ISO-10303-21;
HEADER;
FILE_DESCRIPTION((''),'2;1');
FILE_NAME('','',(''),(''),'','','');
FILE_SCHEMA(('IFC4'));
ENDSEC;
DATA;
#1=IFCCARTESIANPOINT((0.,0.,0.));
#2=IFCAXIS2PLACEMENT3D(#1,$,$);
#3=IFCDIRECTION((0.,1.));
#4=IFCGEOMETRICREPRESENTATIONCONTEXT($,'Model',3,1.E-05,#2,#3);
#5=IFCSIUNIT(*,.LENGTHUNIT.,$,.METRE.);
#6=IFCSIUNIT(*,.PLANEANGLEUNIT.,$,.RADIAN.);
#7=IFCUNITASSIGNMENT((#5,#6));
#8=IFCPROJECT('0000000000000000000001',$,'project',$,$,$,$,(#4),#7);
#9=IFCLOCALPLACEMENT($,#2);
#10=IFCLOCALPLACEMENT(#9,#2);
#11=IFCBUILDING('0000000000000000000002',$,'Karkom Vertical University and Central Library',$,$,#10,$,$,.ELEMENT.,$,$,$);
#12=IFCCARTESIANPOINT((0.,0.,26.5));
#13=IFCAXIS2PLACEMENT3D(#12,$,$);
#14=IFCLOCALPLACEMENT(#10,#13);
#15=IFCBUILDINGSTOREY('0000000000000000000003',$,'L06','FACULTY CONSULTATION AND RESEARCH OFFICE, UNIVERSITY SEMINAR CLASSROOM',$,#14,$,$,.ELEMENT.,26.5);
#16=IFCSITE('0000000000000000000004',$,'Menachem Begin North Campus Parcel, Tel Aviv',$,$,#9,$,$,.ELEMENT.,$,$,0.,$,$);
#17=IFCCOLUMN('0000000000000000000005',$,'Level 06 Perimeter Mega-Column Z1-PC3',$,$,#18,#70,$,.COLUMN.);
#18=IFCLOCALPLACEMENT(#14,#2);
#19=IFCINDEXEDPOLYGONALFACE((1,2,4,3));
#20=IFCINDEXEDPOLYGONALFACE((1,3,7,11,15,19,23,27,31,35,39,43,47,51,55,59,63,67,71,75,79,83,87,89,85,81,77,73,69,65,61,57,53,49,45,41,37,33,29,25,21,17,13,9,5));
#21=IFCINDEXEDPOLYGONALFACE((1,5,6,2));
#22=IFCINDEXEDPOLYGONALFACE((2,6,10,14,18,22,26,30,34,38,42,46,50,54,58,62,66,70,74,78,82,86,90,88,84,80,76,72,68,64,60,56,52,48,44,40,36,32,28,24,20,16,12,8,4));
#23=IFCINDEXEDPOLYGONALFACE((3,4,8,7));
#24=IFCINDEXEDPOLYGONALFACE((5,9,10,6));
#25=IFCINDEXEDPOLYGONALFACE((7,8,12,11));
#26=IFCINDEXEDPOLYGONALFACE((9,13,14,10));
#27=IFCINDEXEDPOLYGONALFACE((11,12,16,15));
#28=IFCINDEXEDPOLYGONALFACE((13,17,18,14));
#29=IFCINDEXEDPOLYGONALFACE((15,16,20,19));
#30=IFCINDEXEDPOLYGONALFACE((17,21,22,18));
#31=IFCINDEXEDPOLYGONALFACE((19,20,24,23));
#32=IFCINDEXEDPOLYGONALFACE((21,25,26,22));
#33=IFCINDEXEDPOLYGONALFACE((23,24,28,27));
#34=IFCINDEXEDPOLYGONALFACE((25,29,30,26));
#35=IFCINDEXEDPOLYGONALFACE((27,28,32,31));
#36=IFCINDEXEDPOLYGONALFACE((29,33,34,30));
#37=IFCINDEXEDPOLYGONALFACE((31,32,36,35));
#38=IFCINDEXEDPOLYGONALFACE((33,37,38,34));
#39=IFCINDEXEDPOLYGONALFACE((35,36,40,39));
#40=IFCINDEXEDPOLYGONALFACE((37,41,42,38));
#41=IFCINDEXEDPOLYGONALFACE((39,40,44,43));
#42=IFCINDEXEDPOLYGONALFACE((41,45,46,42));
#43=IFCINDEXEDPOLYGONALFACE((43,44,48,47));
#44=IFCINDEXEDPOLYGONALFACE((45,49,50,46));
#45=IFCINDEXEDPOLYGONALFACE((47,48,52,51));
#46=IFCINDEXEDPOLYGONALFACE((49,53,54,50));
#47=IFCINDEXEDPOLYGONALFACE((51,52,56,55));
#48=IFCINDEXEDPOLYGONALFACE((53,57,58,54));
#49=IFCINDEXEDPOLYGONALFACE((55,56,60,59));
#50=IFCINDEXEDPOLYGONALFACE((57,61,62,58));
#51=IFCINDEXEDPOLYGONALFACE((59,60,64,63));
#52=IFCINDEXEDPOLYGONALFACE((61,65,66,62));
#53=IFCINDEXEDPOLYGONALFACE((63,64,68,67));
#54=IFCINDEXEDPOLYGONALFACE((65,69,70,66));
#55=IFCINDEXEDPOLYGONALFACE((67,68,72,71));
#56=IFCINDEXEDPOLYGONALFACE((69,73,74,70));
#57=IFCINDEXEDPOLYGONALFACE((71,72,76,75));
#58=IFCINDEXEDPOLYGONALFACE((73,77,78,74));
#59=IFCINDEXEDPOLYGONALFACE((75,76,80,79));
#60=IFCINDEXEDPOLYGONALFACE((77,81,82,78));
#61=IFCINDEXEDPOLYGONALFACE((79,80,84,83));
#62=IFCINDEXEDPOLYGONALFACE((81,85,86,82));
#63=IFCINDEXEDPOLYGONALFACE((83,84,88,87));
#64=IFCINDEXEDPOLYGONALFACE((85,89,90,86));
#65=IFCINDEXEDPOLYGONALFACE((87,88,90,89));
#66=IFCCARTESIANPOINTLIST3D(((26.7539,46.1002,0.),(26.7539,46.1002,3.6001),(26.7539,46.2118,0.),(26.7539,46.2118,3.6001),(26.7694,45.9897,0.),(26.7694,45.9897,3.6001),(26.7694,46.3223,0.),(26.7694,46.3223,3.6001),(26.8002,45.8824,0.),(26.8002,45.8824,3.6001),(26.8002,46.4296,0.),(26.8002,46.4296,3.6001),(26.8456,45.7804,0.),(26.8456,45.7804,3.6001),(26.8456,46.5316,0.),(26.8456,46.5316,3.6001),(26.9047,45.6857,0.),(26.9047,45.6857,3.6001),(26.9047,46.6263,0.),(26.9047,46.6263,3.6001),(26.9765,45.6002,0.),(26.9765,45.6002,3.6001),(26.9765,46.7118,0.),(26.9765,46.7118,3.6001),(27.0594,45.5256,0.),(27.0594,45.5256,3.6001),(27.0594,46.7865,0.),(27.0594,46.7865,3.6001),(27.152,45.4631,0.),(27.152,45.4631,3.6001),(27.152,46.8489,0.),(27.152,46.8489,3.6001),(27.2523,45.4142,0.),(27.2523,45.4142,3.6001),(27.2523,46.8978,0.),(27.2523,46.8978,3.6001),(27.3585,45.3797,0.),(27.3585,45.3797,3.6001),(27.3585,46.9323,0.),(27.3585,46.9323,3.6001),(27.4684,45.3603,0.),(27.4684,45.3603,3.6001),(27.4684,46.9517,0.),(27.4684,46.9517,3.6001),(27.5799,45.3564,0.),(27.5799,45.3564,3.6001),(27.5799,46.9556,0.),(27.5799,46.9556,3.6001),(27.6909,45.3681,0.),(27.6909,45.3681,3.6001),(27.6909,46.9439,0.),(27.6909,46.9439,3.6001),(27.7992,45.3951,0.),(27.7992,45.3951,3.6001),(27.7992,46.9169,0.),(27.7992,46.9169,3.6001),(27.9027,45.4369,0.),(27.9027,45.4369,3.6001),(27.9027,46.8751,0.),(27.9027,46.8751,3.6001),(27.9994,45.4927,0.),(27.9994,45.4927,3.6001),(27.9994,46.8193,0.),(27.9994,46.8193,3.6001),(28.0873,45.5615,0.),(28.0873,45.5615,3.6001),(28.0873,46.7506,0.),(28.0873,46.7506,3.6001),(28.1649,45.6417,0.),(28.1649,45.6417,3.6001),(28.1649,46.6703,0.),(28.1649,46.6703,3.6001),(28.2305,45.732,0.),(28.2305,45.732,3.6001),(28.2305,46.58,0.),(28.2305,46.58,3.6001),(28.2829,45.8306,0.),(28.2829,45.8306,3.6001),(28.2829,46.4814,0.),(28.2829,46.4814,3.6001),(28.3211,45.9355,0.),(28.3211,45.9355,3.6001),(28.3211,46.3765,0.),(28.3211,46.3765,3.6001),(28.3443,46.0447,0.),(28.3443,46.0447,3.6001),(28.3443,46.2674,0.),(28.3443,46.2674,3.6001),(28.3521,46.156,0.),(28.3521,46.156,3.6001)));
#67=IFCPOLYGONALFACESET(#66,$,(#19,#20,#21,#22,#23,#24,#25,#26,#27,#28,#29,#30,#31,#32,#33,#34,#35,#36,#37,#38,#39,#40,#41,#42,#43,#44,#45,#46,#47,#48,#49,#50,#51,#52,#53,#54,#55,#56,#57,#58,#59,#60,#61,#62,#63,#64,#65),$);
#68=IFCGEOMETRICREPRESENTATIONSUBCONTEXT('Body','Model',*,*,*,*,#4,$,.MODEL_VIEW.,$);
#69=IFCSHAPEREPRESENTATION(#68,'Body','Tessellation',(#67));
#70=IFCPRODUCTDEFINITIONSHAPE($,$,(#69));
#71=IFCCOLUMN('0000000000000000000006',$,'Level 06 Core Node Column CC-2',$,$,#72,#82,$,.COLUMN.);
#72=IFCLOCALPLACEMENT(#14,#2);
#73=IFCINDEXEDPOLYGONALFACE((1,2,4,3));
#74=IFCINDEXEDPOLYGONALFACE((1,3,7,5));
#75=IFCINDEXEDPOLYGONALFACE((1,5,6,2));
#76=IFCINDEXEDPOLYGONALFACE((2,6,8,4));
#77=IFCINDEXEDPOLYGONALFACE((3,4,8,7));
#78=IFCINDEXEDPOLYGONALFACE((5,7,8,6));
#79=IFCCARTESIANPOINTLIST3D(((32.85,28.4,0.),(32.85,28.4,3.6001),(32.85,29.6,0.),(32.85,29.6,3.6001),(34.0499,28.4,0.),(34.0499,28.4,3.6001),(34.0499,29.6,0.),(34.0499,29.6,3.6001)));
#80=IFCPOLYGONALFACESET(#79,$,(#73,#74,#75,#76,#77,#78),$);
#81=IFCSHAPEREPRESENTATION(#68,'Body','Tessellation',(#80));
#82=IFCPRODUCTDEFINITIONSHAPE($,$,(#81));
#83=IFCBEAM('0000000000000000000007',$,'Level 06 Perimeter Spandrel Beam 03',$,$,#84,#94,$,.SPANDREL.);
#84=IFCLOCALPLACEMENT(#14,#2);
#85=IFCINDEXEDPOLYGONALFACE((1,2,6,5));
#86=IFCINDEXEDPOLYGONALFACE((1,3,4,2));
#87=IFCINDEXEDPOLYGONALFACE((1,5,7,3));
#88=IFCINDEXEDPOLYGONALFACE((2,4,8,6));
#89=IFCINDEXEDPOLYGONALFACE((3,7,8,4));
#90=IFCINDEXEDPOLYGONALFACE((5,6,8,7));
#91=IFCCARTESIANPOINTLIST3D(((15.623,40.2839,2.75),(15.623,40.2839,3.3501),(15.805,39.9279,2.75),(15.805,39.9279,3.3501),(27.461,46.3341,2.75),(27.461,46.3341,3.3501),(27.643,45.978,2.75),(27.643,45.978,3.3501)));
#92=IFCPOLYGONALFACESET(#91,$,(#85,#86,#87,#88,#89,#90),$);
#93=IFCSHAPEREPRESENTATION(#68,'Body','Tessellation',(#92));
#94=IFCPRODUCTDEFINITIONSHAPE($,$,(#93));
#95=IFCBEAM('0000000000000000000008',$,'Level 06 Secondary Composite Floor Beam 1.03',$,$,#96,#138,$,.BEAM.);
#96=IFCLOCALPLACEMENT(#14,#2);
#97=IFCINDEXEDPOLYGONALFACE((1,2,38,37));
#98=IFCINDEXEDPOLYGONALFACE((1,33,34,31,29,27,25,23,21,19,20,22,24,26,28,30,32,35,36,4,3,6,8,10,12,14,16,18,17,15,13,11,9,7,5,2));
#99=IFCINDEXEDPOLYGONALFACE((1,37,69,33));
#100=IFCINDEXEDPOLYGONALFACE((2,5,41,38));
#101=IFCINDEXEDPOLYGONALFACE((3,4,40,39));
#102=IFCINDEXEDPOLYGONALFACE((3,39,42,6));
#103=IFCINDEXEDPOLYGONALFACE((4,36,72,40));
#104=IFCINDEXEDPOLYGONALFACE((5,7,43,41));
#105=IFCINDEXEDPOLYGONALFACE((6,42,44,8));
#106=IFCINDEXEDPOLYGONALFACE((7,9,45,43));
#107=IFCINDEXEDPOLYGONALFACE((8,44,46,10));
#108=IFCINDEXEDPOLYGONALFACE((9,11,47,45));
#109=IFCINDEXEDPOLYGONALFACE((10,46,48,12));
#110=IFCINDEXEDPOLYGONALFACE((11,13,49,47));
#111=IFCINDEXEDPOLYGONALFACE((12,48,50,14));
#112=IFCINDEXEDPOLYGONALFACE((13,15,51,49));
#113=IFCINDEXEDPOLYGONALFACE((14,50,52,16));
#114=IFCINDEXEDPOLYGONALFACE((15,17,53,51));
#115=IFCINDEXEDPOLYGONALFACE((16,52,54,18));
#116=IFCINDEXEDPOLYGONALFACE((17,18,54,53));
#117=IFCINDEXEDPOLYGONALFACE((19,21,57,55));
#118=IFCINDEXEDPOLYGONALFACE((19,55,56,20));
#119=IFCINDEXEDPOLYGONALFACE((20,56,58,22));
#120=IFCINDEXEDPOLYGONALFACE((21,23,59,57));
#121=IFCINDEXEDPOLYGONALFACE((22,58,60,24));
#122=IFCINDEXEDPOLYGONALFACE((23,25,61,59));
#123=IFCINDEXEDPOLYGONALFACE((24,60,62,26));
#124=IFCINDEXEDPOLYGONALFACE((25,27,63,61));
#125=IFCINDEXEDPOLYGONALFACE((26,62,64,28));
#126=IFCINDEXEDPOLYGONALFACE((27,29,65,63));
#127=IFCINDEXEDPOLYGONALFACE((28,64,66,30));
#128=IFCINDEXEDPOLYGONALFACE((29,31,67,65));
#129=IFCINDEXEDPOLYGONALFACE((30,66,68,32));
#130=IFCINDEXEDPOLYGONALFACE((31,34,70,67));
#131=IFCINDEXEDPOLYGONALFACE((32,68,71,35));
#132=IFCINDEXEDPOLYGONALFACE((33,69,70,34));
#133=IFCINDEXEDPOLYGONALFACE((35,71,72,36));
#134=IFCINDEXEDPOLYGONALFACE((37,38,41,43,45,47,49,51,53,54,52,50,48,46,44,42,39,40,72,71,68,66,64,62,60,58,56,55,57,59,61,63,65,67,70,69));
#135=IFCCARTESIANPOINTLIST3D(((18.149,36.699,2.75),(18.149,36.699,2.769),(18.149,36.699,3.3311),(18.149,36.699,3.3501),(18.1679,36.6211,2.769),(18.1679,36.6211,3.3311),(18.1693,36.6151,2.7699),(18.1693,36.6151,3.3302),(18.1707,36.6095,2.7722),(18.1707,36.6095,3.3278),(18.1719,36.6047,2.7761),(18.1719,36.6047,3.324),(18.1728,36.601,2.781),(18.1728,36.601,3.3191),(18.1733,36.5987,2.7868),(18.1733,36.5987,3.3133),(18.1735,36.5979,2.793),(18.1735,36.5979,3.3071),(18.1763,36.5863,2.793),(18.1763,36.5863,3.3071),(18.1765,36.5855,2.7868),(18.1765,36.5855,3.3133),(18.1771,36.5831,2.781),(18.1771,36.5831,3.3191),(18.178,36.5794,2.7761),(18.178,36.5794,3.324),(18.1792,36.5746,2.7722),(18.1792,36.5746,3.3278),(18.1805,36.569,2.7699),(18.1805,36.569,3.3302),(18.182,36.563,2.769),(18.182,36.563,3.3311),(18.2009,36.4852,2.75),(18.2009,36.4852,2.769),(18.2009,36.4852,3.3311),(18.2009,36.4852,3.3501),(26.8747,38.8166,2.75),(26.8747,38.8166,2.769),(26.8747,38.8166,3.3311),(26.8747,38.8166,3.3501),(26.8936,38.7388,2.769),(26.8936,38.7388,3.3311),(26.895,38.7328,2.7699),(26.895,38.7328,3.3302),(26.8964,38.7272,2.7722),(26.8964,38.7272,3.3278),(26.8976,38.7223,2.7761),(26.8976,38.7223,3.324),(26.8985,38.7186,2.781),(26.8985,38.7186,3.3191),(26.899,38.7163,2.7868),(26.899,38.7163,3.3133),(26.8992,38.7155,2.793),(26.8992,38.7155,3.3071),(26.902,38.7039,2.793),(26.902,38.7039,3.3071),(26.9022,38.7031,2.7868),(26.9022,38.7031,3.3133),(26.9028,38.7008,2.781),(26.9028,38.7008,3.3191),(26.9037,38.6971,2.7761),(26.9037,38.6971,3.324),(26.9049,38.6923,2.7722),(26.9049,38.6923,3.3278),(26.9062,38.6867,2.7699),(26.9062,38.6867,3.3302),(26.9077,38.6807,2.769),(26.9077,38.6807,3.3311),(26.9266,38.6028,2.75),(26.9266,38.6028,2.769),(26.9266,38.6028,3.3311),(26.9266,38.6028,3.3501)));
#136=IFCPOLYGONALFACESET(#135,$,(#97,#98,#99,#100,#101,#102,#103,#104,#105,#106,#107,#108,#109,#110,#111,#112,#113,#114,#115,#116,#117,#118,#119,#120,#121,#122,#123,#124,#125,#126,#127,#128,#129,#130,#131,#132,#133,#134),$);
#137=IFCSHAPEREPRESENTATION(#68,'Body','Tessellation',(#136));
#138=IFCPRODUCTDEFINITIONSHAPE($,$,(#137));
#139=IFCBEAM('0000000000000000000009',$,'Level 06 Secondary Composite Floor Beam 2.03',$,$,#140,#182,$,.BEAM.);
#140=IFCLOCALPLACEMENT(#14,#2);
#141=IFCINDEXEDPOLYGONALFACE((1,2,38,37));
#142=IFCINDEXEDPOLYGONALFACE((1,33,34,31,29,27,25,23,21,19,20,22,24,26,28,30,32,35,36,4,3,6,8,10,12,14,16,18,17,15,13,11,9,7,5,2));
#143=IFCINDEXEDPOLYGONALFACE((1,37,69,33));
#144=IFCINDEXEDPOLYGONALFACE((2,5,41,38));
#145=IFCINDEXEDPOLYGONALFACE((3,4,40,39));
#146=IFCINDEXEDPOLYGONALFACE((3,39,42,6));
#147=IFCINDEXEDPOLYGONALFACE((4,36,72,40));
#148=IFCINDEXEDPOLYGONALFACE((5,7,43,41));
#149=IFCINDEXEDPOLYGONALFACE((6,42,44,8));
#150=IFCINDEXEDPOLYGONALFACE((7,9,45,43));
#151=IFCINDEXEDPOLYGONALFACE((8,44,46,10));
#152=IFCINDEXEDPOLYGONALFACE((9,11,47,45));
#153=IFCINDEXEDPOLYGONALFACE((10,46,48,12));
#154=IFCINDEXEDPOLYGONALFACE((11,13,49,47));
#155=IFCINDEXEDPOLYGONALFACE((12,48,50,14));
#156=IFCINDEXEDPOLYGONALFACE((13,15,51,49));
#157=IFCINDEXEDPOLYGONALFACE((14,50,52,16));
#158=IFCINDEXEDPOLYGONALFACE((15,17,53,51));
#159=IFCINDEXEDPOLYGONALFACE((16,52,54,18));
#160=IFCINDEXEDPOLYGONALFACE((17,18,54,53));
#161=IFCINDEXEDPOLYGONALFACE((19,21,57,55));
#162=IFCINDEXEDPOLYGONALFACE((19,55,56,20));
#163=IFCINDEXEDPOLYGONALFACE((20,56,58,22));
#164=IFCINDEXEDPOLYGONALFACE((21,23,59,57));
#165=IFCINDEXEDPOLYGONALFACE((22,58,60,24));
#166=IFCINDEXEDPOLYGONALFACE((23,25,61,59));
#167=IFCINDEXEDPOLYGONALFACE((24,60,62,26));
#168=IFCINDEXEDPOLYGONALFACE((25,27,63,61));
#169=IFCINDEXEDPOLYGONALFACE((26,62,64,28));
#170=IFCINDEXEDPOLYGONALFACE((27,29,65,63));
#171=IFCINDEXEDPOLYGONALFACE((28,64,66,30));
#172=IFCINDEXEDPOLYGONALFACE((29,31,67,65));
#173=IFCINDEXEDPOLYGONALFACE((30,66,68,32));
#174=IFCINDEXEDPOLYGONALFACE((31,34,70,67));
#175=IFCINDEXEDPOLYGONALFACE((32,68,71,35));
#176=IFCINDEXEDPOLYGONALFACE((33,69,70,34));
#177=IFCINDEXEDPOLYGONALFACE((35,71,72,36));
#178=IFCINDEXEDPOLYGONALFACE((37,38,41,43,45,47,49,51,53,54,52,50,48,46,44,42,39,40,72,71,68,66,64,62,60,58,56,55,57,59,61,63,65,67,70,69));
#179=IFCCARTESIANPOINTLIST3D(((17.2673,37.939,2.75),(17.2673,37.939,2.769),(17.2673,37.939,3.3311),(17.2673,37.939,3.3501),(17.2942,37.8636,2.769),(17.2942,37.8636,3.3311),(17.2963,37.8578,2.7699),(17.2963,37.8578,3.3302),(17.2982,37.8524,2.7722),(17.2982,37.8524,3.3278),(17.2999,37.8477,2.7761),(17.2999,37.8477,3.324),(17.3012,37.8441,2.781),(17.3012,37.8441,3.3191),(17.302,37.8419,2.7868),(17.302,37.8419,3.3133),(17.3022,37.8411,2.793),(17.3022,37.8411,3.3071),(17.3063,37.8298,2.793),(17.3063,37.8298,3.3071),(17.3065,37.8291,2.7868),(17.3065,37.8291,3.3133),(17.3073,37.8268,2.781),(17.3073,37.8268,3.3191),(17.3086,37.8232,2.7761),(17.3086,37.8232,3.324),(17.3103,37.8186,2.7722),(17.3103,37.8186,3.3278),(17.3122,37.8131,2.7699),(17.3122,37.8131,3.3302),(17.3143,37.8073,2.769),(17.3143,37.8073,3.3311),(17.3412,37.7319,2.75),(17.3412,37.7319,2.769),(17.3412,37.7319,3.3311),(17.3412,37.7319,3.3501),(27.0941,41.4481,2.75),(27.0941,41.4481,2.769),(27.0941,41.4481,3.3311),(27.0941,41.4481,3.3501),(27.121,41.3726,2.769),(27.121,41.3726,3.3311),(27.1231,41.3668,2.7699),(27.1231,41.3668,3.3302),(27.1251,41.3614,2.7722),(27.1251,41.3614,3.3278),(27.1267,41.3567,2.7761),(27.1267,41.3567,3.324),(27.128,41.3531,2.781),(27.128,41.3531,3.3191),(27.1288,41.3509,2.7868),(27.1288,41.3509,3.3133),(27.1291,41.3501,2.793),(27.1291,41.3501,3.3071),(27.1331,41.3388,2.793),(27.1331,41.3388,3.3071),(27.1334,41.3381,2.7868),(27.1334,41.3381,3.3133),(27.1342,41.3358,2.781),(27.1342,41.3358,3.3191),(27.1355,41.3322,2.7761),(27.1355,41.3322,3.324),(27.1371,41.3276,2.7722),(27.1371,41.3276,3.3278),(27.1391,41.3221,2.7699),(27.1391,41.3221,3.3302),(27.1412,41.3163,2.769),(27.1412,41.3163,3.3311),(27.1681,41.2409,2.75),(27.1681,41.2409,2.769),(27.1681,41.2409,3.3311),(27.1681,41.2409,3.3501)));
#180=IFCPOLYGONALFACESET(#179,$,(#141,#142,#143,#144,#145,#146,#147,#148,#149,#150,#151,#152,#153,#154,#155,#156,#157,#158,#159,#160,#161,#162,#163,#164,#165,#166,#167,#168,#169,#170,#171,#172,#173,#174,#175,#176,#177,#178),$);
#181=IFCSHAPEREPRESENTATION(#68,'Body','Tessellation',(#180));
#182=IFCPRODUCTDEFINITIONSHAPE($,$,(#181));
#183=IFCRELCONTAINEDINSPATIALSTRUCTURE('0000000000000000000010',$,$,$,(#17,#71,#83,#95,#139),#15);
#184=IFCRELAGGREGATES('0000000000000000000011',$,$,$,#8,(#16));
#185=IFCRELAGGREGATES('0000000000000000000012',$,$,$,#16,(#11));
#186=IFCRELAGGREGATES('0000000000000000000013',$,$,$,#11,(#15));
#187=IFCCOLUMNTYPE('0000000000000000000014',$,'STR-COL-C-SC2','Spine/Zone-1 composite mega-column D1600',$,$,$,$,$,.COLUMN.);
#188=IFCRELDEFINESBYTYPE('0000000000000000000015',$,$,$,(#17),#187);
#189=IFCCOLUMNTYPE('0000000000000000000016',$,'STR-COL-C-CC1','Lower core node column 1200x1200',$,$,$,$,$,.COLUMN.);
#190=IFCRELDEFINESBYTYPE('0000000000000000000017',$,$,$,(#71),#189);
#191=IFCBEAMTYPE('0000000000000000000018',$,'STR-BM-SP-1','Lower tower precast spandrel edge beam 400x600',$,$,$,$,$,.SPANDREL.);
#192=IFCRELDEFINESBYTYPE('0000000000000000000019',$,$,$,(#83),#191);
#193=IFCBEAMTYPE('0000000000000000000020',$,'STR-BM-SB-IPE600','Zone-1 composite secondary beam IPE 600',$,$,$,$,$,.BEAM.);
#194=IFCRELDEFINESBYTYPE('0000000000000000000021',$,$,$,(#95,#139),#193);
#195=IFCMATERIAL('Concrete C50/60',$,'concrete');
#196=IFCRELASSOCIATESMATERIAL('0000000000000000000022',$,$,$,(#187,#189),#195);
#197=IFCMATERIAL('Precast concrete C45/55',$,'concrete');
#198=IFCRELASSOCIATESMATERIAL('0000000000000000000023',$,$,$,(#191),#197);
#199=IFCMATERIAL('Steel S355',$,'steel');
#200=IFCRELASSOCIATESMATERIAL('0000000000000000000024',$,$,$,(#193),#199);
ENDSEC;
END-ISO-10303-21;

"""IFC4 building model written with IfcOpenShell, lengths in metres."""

from ifc_helpers import new_model, si_unit, direction, frame, origin, origin_with_axes, origin_2d, place, context, subcontext, project, spatial, rectangle, circle, i_section, extrude, source, transform, mapped, material, material_profile, profile_set, type_object, element, save


model = new_model("IFC4")

# Units and contexts
model_context = context("Model", 3, precision=1e-05, world=origin(), true_north=direction((0.0, 1.0)))
body_context = subcontext(model_context, "Body", "Model", "MODEL_VIEW")
ifc_project = project(units=[si_unit("LENGTHUNIT", "METRE"), si_unit("PLANEANGLEUNIT", "RADIAN")], contexts=[model_context])

# Site, building, storey
site_placement = place(None, origin())
site = spatial("IfcSite", under=ifc_project, at=site_placement, Name="Menachem Begin North Campus Parcel, Tel Aviv", CompositionType="ELEMENT", RefElevation=0.0)
building_placement = place(site_placement, origin())
building = spatial("IfcBuilding", under=site, at=building_placement, Name="Karkom Vertical University and Central Library", CompositionType="ELEMENT")
storey_placement = place(building_placement, frame((0.0, 0.0, 26.5)))
storey = spatial("IfcBuildingStorey", under=building, at=storey_placement, Name="L06", Description="FACULTY CONSULTATION AND RESEARCH OFFICE, UNIVERSITY SEMINAR CLASSROOM", CompositionType="ELEMENT", Elevation=26.5)

# Columns
ifc_material_1 = material(Name="Concrete C50/60", Category="concrete")
ifc_material_profile_1 = material_profile(ifc_material_1, circle(Radius=0.8, at=origin_2d()), Name="CFT-D1600")
ifc_profile_set_1 = profile_set([ifc_material_profile_1], Name="Concrete C50/60")
column_type_1 = type_object("IfcColumnType", Name="STR-COL-C-SC2", Description="Spine/Zone-1 composite mega-column D1600", PredefinedType="COLUMN", material=ifc_profile_set_1)
shared_shape_1 = source(origin_with_axes(), body_context, "Body", "SweptSolid", [
    extrude(circle(Radius=0.8, at=origin_2d()), origin(), (0.0, 0.0, 1.0), 3.6001),
])
column_1_placement = place(storey_placement, frame((27.552, 46.156, 0.0), z_axis=(0.0, 0.0, 1.0), x_axis=(1.0, 0.0, 0.0)))
element("IfcColumn", 1, at=column_1_placement, inside=storey, type_object=column_type_1, Name="Level 06 Perimeter Mega-Column Z1-PC3", PredefinedType="COLUMN", context=body_context, shape_type="MappedRepresentation", body=[
    mapped(shared_shape_1, transform((0.0, 0.0, 0.0), scale=1.0)),
])
ifc_material_profile_2 = material_profile(ifc_material_1, rectangle(XDim=1.2, YDim=1.2, at=origin_2d()), Name="RC-1200x1200")
ifc_profile_set_2 = profile_set([ifc_material_profile_2], Name="Concrete C50/60")
column_type_2 = type_object("IfcColumnType", Name="STR-COL-C-CC1", Description="Lower core node column 1200x1200", PredefinedType="COLUMN", material=ifc_profile_set_2)
shared_shape_2 = source(origin_with_axes(), body_context, "Body", "SweptSolid", [
    extrude(rectangle(XDim=1.2, YDim=1.2, at=origin_2d()), origin(), (0.0, 0.0, 1.0), 3.6001),
])
column_2_placement = place(storey_placement, frame((33.45, 29.0, 0.0), z_axis=(0.0, 0.0, 1.0), x_axis=(1.0, 0.0, 0.0)))
element("IfcColumn", 2, at=column_2_placement, inside=storey, type_object=column_type_2, Name="Level 06 Core Node Column CC-2", PredefinedType="COLUMN", context=body_context, shape_type="MappedRepresentation", body=[
    mapped(shared_shape_2, transform((0.0, 0.0, 0.0), scale=1.0)),
])

# Beams
ifc_material_2 = material(Name="Precast concrete C45/55", Category="concrete")
ifc_material_profile_3 = material_profile(ifc_material_2, rectangle(XDim=0.3999, YDim=0.6001, at=origin_2d()), Name="SPB-400x600")
ifc_profile_set_3 = profile_set([ifc_material_profile_3], Name="Precast concrete C45/55")
beam_type_1 = type_object("IfcBeamType", Name="STR-BM-SP-1", Description="Lower tower precast spandrel edge beam 400x600", PredefinedType="SPANDREL", material=ifc_profile_set_3)
shared_shape_3 = source(origin_with_axes(), body_context, "Body", "SweptSolid", [
    extrude(rectangle(XDim=0.3999, YDim=0.6001, at=origin_2d()), origin(), (0.0, 0.0, 1.0), 13.2944),
])
beam_1_placement = place(storey_placement, frame((27.552, 46.156, 3.05), z_axis=(-0.890448, -0.455085, 0.0), x_axis=(0.455085, -0.890448, 0.0)))
element("IfcBeam", 3, at=beam_1_placement, inside=storey, type_object=beam_type_1, Name="Level 06 Perimeter Spandrel Beam 03", PredefinedType="SPANDREL", context=body_context, shape_type="MappedRepresentation", body=[
    mapped(shared_shape_3, transform((0.0, 0.0, 0.0), scale=1.0)),
])
ifc_material_3 = material(Name="Steel S355", Category="steel")
ifc_material_profile_4 = material_profile(ifc_material_3, i_section(OverallWidth=0.22, OverallDepth=0.6001, WebThickness=0.012, FlangeThickness=0.019, FilletRadius=0.0239, at=origin_2d()), Name="IPE 600")
ifc_profile_set_4 = profile_set([ifc_material_profile_4], Name="Steel S355")
beam_type_2 = type_object("IfcBeamType", Name="STR-BM-SB-IPE600", Description="Zone-1 composite secondary beam IPE 600", PredefinedType="BEAM", material=ifc_profile_set_4)
shared_shape_4 = source(origin_with_axes(), body_context, "Body", "SweptSolid", [
    extrude(i_section(OverallWidth=0.22, OverallDepth=0.6001, WebThickness=0.012, FlangeThickness=0.019, FilletRadius=0.0239, at=origin_2d()), origin(), (0.0, 0.0, 1.0), 8.979),
])
beam_2_placement = place(storey_placement, frame((26.9006, 38.7097, 3.05), z_axis=(-0.971791, -0.235844, 0.0), x_axis=(0.235844, -0.971791, 0.0)))
element("IfcBeam", 4, at=beam_2_placement, inside=storey, type_object=beam_type_2, Name="Level 06 Secondary Composite Floor Beam 1.03", PredefinedType="BEAM", context=body_context, shape_type="MappedRepresentation", body=[
    mapped(shared_shape_4, transform((0.0, 0.0, 0.0), scale=1.0)),
])
shared_shape_5 = source(origin_with_axes(), body_context, "Body", "SweptSolid", [
    extrude(i_section(OverallWidth=0.22, OverallDepth=0.6001, WebThickness=0.012, FlangeThickness=0.019, FilletRadius=0.0239, at=origin_2d()), origin(), (0.0, 0.0, 1.0), 10.4346),
])
beam_3_placement = place(storey_placement, frame((27.1311, 41.3445, 3.05), z_axis=(-0.941759, -0.336287, 0.0), x_axis=(0.336287, -0.941759, 0.0)))
element("IfcBeam", 5, at=beam_3_placement, inside=storey, type_object=beam_type_2, Name="Level 06 Secondary Composite Floor Beam 2.03", PredefinedType="BEAM", context=body_context, shape_type="MappedRepresentation", body=[
    mapped(shared_shape_5, transform((0.0, 0.0, 0.0), scale=1.0)),
])

save(model, "model.ifc")
